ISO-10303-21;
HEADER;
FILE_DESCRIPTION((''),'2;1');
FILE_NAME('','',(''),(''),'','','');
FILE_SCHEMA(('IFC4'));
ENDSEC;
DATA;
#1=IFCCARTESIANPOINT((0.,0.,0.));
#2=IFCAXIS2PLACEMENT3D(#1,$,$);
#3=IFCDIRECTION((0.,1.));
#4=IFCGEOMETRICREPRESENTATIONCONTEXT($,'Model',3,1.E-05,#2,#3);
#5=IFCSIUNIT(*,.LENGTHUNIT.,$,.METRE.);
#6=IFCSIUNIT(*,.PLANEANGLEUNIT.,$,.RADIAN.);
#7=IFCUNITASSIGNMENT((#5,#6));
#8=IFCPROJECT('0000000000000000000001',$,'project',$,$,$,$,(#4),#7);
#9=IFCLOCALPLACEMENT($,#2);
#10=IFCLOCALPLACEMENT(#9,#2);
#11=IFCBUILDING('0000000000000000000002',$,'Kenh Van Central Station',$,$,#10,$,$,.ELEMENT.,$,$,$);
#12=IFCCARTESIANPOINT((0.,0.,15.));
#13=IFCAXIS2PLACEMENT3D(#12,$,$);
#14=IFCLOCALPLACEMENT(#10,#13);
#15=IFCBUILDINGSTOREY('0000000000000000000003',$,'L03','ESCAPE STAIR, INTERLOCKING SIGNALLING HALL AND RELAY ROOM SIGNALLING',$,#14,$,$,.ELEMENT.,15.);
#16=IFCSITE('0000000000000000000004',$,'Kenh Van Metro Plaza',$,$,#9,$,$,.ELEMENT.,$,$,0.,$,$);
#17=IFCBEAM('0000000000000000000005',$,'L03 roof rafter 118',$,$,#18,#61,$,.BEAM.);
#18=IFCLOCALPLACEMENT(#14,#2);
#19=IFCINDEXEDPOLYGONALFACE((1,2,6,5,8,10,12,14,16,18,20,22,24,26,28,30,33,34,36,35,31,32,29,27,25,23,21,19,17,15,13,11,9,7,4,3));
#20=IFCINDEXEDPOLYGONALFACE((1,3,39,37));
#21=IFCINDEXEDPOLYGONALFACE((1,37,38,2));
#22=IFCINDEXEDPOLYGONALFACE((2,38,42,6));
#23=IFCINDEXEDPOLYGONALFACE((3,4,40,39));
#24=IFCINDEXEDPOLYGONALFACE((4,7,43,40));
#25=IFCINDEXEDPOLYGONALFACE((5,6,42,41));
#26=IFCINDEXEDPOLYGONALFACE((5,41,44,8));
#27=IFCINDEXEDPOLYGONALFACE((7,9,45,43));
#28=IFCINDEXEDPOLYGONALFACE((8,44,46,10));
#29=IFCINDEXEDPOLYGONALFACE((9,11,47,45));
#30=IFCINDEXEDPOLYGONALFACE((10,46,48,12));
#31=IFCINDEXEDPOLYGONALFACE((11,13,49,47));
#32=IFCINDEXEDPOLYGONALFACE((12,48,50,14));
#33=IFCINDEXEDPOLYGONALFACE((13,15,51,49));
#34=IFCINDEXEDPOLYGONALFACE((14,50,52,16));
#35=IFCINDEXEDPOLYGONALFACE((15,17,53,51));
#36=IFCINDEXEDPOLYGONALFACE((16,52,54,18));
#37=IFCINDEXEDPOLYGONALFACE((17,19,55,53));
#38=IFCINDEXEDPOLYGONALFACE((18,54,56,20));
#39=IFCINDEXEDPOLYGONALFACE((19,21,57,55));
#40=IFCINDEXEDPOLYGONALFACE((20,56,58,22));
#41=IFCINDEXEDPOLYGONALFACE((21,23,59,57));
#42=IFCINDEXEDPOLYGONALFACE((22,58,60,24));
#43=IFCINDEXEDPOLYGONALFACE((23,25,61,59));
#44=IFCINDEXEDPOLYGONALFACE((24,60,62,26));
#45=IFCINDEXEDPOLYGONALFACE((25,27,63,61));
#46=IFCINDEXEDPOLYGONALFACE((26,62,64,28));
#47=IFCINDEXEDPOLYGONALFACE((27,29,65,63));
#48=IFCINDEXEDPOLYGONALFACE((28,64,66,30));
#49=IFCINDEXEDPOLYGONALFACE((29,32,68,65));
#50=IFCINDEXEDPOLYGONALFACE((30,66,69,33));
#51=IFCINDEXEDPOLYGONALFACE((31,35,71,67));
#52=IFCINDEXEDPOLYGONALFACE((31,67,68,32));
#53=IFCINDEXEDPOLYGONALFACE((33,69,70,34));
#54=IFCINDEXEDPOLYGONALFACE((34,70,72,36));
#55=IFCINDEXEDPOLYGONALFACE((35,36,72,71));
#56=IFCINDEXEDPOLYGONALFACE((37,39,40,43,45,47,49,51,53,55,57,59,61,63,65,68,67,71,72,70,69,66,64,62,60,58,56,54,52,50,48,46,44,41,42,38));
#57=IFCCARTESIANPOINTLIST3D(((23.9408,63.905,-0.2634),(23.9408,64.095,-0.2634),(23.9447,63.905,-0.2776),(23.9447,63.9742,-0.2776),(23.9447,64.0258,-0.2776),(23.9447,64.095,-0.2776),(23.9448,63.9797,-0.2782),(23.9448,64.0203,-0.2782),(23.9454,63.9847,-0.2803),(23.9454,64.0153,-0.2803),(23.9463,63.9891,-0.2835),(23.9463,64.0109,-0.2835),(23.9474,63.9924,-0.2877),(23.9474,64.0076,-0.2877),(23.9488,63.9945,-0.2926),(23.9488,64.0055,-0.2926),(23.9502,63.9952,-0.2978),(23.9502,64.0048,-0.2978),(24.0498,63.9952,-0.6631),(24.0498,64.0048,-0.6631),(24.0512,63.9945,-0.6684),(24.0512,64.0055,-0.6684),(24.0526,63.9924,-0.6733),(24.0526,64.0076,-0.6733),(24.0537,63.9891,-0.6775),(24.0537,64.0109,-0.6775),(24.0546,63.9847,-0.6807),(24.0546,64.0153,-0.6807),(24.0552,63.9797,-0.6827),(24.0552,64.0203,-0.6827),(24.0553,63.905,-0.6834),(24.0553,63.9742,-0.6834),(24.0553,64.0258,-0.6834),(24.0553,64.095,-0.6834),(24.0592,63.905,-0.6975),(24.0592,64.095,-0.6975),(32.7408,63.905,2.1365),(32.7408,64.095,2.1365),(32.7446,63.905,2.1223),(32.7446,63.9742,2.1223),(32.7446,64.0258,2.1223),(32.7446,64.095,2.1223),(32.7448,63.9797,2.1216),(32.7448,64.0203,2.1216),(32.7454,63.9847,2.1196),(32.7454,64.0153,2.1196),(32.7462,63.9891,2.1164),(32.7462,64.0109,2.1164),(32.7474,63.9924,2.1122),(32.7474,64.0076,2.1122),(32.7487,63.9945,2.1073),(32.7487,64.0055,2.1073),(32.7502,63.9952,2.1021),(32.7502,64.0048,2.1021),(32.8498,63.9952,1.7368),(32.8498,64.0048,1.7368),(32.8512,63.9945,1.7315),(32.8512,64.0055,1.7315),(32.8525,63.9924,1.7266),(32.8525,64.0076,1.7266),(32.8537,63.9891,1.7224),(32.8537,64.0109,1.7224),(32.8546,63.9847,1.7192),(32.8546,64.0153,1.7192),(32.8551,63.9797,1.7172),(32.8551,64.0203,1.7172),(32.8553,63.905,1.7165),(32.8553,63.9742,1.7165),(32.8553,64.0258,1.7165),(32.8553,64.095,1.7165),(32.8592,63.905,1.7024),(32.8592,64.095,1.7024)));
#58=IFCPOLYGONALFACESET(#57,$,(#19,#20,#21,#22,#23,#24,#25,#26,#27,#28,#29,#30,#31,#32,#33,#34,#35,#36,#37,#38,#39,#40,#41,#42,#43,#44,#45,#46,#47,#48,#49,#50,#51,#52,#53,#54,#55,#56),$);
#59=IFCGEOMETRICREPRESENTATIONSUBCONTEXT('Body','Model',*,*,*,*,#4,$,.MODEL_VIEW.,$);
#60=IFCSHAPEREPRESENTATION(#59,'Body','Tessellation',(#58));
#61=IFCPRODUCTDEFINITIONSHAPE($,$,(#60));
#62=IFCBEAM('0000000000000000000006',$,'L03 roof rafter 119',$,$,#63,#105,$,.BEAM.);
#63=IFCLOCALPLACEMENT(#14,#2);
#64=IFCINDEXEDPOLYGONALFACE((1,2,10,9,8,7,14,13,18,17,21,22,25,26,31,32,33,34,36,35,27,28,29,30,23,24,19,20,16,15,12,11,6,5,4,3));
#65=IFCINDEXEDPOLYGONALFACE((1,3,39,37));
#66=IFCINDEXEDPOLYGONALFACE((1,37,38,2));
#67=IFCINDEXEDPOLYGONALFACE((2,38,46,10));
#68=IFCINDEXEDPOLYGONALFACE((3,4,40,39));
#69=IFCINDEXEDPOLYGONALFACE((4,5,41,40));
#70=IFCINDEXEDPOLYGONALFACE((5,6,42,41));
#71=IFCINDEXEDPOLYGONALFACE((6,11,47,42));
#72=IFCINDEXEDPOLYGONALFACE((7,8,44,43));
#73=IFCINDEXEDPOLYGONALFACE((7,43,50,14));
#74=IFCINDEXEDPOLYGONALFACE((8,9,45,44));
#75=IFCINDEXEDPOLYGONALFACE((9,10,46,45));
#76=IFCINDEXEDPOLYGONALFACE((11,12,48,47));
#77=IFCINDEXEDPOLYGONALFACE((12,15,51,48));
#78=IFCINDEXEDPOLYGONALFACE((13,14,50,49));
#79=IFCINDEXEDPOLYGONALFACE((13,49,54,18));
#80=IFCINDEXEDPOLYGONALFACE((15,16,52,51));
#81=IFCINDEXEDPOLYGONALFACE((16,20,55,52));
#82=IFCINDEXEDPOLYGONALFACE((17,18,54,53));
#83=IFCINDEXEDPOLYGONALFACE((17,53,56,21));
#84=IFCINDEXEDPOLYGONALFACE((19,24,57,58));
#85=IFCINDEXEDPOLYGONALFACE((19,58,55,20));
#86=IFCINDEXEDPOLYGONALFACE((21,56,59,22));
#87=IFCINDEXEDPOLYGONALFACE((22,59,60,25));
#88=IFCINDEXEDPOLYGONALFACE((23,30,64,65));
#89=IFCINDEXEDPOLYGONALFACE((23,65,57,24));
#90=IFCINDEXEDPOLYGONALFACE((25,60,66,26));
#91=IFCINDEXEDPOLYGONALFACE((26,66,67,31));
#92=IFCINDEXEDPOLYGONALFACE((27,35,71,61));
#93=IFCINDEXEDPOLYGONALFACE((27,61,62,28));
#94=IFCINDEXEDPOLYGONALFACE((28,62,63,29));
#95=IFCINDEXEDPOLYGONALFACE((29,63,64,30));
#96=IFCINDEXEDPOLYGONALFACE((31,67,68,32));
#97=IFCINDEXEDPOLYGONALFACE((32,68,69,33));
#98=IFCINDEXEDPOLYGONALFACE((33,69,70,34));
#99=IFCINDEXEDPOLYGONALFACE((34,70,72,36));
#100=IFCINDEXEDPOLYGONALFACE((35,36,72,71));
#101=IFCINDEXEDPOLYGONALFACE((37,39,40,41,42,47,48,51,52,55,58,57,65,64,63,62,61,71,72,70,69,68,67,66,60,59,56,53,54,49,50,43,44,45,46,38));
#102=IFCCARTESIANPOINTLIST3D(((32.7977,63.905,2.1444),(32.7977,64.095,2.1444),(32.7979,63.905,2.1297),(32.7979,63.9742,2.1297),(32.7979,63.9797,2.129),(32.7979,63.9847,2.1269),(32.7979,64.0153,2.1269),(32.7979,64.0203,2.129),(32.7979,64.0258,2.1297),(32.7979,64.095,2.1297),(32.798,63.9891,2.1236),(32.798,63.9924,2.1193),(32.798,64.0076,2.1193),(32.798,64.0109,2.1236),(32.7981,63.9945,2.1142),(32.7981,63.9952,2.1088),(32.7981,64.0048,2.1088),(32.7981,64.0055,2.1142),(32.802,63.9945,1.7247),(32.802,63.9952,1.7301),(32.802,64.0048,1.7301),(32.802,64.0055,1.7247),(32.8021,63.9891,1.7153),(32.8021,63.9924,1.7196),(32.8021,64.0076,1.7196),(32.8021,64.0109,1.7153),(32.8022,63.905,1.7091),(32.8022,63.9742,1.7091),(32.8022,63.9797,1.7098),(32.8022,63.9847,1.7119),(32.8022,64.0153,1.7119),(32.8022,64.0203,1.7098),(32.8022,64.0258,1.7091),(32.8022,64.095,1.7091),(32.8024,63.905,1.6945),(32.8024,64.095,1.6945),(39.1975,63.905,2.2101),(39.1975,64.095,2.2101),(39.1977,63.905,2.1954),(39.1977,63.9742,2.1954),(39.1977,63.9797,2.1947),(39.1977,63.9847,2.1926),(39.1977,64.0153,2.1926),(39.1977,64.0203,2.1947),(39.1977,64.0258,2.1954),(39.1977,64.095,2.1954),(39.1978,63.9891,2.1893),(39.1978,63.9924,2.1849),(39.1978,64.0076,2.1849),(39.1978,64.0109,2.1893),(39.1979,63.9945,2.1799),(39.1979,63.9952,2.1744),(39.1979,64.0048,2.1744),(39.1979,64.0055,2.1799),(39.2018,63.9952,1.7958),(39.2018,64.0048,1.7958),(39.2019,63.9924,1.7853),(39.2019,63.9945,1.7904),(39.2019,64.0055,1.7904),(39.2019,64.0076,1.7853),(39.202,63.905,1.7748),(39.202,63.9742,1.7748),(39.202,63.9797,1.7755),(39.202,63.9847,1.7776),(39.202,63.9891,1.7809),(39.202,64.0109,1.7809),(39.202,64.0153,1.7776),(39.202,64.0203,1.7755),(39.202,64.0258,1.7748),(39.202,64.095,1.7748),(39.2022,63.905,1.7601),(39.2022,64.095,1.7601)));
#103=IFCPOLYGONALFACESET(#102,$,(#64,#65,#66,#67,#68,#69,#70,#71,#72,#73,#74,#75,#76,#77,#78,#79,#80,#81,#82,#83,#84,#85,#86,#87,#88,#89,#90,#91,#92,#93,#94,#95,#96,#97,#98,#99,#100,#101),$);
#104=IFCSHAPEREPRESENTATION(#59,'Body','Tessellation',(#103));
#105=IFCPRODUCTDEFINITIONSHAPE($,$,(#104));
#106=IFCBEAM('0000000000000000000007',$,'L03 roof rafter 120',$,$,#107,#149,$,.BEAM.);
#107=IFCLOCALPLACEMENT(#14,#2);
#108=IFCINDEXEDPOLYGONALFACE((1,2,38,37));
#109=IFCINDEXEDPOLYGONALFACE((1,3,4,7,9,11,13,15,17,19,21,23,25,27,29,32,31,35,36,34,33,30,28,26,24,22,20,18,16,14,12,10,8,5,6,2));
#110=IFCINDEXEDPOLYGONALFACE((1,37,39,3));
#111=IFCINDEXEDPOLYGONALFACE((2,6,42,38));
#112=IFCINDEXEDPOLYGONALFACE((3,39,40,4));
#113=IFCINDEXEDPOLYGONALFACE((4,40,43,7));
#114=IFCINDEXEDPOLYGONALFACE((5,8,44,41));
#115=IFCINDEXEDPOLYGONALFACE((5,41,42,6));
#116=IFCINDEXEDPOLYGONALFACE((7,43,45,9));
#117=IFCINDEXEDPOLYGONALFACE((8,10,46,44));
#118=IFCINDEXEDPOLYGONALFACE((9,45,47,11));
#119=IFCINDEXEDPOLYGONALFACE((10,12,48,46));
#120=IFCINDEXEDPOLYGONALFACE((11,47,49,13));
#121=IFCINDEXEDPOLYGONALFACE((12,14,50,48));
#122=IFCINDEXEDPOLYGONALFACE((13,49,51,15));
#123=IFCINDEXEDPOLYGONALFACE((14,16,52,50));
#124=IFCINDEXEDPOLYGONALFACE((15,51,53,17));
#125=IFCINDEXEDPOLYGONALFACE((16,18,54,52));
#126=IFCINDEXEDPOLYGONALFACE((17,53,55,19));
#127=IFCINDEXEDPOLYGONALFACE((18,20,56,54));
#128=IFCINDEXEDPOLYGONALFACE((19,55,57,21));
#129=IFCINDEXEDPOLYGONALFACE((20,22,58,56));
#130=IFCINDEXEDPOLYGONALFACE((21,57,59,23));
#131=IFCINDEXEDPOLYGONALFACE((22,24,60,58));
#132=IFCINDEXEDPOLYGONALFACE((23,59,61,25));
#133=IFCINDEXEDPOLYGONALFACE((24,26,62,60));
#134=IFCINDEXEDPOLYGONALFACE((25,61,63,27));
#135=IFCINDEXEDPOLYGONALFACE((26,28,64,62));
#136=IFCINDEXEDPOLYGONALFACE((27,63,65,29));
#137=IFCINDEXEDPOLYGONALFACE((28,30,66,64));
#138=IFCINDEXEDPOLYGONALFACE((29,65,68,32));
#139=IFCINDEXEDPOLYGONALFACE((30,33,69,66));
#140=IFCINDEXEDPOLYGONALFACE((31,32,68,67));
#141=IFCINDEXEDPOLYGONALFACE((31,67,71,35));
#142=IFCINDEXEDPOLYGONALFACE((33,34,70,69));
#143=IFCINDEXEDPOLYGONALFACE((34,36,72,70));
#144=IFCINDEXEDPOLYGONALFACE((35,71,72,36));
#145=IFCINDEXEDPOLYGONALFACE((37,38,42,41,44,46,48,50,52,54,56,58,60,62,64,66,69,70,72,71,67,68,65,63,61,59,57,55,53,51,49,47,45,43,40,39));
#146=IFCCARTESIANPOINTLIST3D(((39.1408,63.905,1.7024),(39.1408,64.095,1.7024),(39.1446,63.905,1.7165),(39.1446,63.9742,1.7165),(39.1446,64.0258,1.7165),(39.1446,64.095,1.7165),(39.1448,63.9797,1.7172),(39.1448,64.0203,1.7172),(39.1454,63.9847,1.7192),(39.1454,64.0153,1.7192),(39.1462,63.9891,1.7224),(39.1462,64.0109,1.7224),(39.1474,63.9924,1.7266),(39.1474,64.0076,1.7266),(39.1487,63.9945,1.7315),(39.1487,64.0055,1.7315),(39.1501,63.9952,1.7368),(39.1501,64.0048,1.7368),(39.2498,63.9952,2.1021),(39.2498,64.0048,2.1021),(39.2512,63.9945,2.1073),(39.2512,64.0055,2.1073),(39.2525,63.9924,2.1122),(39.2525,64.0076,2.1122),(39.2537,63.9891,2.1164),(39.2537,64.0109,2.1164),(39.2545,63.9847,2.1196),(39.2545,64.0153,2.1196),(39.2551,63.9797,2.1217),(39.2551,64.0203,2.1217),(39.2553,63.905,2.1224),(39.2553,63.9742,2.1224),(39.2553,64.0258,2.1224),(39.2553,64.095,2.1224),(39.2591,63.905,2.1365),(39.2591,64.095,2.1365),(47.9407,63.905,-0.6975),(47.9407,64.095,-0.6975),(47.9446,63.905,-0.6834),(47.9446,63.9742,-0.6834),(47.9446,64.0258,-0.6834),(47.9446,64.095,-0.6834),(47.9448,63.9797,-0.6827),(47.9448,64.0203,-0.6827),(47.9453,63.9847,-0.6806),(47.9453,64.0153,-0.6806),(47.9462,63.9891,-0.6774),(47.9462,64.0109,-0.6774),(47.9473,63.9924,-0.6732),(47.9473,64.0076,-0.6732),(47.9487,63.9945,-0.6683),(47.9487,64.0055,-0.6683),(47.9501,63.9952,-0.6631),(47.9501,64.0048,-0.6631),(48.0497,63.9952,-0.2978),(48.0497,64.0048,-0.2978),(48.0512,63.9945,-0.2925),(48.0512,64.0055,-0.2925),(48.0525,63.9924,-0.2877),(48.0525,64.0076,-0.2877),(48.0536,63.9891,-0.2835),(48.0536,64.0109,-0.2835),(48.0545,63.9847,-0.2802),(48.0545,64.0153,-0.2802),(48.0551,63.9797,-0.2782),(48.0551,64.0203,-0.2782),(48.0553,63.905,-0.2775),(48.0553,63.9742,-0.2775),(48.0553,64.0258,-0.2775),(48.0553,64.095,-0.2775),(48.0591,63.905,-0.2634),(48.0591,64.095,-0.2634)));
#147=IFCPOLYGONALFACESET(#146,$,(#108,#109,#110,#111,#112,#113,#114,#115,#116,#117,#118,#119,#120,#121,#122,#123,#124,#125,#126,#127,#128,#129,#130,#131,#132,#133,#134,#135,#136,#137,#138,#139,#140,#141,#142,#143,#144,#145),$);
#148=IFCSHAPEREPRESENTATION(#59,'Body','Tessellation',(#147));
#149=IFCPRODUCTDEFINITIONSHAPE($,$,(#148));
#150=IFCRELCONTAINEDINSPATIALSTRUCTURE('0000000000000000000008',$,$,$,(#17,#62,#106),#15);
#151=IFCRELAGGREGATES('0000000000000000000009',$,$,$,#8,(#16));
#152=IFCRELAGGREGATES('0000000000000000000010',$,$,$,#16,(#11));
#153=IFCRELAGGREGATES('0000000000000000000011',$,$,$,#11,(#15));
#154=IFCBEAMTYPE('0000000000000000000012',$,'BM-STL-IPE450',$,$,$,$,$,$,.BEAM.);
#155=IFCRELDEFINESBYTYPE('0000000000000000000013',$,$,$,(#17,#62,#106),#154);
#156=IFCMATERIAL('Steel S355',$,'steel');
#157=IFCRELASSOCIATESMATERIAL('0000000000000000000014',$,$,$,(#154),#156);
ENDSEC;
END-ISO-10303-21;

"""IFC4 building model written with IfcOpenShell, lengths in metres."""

from ifc_helpers import new_model, si_unit, direction, frame, origin, origin_2d, place, context, subcontext, project, spatial, i_section, extrude, material, material_profile, profile_set, type_object, element, save


model = new_model("IFC4")

# Units and contexts
model_context = context("Model", 3, precision=1e-05, world=origin(), true_north=direction((0.0, 1.0)))
body_context = subcontext(model_context, "Body", "Model", "MODEL_VIEW")
ifc_project = project(units=[si_unit("LENGTHUNIT", "METRE"), si_unit("PLANEANGLEUNIT", "RADIAN")], contexts=[model_context])

# Site, building, storey
site_placement = place(None, origin())
site = spatial("IfcSite", under=ifc_project, at=site_placement, Name="Kenh Van Metro Plaza", CompositionType="ELEMENT", RefElevation=0.0)
building_placement = place(site_placement, origin())
building = spatial("IfcBuilding", under=site, at=building_placement, Name="Kenh Van Central Station", CompositionType="ELEMENT")
storey_placement = place(building_placement, frame((0.0, 0.0, 15.0)))
storey = spatial("IfcBuildingStorey", under=building, at=storey_placement, Name="L03", Description="ESCAPE STAIR, INTERLOCKING SIGNALLING HALL AND RELAY ROOM SIGNALLING", CompositionType="ELEMENT", Elevation=15.0)

# Beams
ifc_material_1 = material(Name="Steel S355", Category="steel")
ifc_material_profile_1 = material_profile(ifc_material_1, i_section(OverallWidth=0.1899, OverallDepth=0.45, WebThickness=0.0095, FlangeThickness=0.0146, FilletRadius=0.021, at=origin_2d()), Name="IPE 450")
ifc_profile_set_1 = profile_set([ifc_material_profile_1], Name="Steel S355")
beam_type_1 = type_object("IfcBeamType", Name="BM-STL-IPE450", PredefinedType="BEAM", material=ifc_profile_set_1)
beam_1_placement = place(storey_placement, frame((24.0, 64.0, -0.4805), z_axis=(0.964767, 0.0, 0.263106), x_axis=(0.0, 1.0, 0.0)))
element("IfcBeam", 1, at=beam_1_placement, inside=storey, type_object=beam_type_1, Name="L03 roof rafter 118", PredefinedType="BEAM", context=body_context, shape_type="SweptSolid", body=[
    extrude(i_section(OverallWidth=0.1899, OverallDepth=0.45, WebThickness=0.0095, FlangeThickness=0.0146, FilletRadius=0.021, at=origin_2d()), origin(), (0.0, 0.0, 1.0), 9.1213),
])
beam_2_placement = place(storey_placement, frame((32.8, 64.0, 1.9194), z_axis=(0.999947, 0.0, 0.010261), x_axis=(0.0, 1.0, 0.0)))
element("IfcBeam", 2, at=beam_2_placement, inside=storey, type_object=beam_type_1, Name="L03 roof rafter 119", PredefinedType="BEAM", context=body_context, shape_type="SweptSolid", body=[
    extrude(i_section(OverallWidth=0.1899, OverallDepth=0.45, WebThickness=0.0095, FlangeThickness=0.0146, FilletRadius=0.021, at=origin_2d()), origin(), (0.0, 0.0, 1.0), 6.4001),
])
beam_3_placement = place(storey_placement, frame((39.2, 64.0, 1.9194), z_axis=(0.964767, 0.0, -0.263106), x_axis=(0.0, 1.0, 0.0)))
element("IfcBeam", 3, at=beam_3_placement, inside=storey, type_object=beam_type_1, Name="L03 roof rafter 120", PredefinedType="BEAM", context=body_context, shape_type="SweptSolid", body=[
    extrude(i_section(OverallWidth=0.1899, OverallDepth=0.45, WebThickness=0.0095, FlangeThickness=0.0146, FilletRadius=0.021, at=origin_2d()), origin(), (0.0, 0.0, 1.0), 9.1213),
])

save(model, "model.ifc")
